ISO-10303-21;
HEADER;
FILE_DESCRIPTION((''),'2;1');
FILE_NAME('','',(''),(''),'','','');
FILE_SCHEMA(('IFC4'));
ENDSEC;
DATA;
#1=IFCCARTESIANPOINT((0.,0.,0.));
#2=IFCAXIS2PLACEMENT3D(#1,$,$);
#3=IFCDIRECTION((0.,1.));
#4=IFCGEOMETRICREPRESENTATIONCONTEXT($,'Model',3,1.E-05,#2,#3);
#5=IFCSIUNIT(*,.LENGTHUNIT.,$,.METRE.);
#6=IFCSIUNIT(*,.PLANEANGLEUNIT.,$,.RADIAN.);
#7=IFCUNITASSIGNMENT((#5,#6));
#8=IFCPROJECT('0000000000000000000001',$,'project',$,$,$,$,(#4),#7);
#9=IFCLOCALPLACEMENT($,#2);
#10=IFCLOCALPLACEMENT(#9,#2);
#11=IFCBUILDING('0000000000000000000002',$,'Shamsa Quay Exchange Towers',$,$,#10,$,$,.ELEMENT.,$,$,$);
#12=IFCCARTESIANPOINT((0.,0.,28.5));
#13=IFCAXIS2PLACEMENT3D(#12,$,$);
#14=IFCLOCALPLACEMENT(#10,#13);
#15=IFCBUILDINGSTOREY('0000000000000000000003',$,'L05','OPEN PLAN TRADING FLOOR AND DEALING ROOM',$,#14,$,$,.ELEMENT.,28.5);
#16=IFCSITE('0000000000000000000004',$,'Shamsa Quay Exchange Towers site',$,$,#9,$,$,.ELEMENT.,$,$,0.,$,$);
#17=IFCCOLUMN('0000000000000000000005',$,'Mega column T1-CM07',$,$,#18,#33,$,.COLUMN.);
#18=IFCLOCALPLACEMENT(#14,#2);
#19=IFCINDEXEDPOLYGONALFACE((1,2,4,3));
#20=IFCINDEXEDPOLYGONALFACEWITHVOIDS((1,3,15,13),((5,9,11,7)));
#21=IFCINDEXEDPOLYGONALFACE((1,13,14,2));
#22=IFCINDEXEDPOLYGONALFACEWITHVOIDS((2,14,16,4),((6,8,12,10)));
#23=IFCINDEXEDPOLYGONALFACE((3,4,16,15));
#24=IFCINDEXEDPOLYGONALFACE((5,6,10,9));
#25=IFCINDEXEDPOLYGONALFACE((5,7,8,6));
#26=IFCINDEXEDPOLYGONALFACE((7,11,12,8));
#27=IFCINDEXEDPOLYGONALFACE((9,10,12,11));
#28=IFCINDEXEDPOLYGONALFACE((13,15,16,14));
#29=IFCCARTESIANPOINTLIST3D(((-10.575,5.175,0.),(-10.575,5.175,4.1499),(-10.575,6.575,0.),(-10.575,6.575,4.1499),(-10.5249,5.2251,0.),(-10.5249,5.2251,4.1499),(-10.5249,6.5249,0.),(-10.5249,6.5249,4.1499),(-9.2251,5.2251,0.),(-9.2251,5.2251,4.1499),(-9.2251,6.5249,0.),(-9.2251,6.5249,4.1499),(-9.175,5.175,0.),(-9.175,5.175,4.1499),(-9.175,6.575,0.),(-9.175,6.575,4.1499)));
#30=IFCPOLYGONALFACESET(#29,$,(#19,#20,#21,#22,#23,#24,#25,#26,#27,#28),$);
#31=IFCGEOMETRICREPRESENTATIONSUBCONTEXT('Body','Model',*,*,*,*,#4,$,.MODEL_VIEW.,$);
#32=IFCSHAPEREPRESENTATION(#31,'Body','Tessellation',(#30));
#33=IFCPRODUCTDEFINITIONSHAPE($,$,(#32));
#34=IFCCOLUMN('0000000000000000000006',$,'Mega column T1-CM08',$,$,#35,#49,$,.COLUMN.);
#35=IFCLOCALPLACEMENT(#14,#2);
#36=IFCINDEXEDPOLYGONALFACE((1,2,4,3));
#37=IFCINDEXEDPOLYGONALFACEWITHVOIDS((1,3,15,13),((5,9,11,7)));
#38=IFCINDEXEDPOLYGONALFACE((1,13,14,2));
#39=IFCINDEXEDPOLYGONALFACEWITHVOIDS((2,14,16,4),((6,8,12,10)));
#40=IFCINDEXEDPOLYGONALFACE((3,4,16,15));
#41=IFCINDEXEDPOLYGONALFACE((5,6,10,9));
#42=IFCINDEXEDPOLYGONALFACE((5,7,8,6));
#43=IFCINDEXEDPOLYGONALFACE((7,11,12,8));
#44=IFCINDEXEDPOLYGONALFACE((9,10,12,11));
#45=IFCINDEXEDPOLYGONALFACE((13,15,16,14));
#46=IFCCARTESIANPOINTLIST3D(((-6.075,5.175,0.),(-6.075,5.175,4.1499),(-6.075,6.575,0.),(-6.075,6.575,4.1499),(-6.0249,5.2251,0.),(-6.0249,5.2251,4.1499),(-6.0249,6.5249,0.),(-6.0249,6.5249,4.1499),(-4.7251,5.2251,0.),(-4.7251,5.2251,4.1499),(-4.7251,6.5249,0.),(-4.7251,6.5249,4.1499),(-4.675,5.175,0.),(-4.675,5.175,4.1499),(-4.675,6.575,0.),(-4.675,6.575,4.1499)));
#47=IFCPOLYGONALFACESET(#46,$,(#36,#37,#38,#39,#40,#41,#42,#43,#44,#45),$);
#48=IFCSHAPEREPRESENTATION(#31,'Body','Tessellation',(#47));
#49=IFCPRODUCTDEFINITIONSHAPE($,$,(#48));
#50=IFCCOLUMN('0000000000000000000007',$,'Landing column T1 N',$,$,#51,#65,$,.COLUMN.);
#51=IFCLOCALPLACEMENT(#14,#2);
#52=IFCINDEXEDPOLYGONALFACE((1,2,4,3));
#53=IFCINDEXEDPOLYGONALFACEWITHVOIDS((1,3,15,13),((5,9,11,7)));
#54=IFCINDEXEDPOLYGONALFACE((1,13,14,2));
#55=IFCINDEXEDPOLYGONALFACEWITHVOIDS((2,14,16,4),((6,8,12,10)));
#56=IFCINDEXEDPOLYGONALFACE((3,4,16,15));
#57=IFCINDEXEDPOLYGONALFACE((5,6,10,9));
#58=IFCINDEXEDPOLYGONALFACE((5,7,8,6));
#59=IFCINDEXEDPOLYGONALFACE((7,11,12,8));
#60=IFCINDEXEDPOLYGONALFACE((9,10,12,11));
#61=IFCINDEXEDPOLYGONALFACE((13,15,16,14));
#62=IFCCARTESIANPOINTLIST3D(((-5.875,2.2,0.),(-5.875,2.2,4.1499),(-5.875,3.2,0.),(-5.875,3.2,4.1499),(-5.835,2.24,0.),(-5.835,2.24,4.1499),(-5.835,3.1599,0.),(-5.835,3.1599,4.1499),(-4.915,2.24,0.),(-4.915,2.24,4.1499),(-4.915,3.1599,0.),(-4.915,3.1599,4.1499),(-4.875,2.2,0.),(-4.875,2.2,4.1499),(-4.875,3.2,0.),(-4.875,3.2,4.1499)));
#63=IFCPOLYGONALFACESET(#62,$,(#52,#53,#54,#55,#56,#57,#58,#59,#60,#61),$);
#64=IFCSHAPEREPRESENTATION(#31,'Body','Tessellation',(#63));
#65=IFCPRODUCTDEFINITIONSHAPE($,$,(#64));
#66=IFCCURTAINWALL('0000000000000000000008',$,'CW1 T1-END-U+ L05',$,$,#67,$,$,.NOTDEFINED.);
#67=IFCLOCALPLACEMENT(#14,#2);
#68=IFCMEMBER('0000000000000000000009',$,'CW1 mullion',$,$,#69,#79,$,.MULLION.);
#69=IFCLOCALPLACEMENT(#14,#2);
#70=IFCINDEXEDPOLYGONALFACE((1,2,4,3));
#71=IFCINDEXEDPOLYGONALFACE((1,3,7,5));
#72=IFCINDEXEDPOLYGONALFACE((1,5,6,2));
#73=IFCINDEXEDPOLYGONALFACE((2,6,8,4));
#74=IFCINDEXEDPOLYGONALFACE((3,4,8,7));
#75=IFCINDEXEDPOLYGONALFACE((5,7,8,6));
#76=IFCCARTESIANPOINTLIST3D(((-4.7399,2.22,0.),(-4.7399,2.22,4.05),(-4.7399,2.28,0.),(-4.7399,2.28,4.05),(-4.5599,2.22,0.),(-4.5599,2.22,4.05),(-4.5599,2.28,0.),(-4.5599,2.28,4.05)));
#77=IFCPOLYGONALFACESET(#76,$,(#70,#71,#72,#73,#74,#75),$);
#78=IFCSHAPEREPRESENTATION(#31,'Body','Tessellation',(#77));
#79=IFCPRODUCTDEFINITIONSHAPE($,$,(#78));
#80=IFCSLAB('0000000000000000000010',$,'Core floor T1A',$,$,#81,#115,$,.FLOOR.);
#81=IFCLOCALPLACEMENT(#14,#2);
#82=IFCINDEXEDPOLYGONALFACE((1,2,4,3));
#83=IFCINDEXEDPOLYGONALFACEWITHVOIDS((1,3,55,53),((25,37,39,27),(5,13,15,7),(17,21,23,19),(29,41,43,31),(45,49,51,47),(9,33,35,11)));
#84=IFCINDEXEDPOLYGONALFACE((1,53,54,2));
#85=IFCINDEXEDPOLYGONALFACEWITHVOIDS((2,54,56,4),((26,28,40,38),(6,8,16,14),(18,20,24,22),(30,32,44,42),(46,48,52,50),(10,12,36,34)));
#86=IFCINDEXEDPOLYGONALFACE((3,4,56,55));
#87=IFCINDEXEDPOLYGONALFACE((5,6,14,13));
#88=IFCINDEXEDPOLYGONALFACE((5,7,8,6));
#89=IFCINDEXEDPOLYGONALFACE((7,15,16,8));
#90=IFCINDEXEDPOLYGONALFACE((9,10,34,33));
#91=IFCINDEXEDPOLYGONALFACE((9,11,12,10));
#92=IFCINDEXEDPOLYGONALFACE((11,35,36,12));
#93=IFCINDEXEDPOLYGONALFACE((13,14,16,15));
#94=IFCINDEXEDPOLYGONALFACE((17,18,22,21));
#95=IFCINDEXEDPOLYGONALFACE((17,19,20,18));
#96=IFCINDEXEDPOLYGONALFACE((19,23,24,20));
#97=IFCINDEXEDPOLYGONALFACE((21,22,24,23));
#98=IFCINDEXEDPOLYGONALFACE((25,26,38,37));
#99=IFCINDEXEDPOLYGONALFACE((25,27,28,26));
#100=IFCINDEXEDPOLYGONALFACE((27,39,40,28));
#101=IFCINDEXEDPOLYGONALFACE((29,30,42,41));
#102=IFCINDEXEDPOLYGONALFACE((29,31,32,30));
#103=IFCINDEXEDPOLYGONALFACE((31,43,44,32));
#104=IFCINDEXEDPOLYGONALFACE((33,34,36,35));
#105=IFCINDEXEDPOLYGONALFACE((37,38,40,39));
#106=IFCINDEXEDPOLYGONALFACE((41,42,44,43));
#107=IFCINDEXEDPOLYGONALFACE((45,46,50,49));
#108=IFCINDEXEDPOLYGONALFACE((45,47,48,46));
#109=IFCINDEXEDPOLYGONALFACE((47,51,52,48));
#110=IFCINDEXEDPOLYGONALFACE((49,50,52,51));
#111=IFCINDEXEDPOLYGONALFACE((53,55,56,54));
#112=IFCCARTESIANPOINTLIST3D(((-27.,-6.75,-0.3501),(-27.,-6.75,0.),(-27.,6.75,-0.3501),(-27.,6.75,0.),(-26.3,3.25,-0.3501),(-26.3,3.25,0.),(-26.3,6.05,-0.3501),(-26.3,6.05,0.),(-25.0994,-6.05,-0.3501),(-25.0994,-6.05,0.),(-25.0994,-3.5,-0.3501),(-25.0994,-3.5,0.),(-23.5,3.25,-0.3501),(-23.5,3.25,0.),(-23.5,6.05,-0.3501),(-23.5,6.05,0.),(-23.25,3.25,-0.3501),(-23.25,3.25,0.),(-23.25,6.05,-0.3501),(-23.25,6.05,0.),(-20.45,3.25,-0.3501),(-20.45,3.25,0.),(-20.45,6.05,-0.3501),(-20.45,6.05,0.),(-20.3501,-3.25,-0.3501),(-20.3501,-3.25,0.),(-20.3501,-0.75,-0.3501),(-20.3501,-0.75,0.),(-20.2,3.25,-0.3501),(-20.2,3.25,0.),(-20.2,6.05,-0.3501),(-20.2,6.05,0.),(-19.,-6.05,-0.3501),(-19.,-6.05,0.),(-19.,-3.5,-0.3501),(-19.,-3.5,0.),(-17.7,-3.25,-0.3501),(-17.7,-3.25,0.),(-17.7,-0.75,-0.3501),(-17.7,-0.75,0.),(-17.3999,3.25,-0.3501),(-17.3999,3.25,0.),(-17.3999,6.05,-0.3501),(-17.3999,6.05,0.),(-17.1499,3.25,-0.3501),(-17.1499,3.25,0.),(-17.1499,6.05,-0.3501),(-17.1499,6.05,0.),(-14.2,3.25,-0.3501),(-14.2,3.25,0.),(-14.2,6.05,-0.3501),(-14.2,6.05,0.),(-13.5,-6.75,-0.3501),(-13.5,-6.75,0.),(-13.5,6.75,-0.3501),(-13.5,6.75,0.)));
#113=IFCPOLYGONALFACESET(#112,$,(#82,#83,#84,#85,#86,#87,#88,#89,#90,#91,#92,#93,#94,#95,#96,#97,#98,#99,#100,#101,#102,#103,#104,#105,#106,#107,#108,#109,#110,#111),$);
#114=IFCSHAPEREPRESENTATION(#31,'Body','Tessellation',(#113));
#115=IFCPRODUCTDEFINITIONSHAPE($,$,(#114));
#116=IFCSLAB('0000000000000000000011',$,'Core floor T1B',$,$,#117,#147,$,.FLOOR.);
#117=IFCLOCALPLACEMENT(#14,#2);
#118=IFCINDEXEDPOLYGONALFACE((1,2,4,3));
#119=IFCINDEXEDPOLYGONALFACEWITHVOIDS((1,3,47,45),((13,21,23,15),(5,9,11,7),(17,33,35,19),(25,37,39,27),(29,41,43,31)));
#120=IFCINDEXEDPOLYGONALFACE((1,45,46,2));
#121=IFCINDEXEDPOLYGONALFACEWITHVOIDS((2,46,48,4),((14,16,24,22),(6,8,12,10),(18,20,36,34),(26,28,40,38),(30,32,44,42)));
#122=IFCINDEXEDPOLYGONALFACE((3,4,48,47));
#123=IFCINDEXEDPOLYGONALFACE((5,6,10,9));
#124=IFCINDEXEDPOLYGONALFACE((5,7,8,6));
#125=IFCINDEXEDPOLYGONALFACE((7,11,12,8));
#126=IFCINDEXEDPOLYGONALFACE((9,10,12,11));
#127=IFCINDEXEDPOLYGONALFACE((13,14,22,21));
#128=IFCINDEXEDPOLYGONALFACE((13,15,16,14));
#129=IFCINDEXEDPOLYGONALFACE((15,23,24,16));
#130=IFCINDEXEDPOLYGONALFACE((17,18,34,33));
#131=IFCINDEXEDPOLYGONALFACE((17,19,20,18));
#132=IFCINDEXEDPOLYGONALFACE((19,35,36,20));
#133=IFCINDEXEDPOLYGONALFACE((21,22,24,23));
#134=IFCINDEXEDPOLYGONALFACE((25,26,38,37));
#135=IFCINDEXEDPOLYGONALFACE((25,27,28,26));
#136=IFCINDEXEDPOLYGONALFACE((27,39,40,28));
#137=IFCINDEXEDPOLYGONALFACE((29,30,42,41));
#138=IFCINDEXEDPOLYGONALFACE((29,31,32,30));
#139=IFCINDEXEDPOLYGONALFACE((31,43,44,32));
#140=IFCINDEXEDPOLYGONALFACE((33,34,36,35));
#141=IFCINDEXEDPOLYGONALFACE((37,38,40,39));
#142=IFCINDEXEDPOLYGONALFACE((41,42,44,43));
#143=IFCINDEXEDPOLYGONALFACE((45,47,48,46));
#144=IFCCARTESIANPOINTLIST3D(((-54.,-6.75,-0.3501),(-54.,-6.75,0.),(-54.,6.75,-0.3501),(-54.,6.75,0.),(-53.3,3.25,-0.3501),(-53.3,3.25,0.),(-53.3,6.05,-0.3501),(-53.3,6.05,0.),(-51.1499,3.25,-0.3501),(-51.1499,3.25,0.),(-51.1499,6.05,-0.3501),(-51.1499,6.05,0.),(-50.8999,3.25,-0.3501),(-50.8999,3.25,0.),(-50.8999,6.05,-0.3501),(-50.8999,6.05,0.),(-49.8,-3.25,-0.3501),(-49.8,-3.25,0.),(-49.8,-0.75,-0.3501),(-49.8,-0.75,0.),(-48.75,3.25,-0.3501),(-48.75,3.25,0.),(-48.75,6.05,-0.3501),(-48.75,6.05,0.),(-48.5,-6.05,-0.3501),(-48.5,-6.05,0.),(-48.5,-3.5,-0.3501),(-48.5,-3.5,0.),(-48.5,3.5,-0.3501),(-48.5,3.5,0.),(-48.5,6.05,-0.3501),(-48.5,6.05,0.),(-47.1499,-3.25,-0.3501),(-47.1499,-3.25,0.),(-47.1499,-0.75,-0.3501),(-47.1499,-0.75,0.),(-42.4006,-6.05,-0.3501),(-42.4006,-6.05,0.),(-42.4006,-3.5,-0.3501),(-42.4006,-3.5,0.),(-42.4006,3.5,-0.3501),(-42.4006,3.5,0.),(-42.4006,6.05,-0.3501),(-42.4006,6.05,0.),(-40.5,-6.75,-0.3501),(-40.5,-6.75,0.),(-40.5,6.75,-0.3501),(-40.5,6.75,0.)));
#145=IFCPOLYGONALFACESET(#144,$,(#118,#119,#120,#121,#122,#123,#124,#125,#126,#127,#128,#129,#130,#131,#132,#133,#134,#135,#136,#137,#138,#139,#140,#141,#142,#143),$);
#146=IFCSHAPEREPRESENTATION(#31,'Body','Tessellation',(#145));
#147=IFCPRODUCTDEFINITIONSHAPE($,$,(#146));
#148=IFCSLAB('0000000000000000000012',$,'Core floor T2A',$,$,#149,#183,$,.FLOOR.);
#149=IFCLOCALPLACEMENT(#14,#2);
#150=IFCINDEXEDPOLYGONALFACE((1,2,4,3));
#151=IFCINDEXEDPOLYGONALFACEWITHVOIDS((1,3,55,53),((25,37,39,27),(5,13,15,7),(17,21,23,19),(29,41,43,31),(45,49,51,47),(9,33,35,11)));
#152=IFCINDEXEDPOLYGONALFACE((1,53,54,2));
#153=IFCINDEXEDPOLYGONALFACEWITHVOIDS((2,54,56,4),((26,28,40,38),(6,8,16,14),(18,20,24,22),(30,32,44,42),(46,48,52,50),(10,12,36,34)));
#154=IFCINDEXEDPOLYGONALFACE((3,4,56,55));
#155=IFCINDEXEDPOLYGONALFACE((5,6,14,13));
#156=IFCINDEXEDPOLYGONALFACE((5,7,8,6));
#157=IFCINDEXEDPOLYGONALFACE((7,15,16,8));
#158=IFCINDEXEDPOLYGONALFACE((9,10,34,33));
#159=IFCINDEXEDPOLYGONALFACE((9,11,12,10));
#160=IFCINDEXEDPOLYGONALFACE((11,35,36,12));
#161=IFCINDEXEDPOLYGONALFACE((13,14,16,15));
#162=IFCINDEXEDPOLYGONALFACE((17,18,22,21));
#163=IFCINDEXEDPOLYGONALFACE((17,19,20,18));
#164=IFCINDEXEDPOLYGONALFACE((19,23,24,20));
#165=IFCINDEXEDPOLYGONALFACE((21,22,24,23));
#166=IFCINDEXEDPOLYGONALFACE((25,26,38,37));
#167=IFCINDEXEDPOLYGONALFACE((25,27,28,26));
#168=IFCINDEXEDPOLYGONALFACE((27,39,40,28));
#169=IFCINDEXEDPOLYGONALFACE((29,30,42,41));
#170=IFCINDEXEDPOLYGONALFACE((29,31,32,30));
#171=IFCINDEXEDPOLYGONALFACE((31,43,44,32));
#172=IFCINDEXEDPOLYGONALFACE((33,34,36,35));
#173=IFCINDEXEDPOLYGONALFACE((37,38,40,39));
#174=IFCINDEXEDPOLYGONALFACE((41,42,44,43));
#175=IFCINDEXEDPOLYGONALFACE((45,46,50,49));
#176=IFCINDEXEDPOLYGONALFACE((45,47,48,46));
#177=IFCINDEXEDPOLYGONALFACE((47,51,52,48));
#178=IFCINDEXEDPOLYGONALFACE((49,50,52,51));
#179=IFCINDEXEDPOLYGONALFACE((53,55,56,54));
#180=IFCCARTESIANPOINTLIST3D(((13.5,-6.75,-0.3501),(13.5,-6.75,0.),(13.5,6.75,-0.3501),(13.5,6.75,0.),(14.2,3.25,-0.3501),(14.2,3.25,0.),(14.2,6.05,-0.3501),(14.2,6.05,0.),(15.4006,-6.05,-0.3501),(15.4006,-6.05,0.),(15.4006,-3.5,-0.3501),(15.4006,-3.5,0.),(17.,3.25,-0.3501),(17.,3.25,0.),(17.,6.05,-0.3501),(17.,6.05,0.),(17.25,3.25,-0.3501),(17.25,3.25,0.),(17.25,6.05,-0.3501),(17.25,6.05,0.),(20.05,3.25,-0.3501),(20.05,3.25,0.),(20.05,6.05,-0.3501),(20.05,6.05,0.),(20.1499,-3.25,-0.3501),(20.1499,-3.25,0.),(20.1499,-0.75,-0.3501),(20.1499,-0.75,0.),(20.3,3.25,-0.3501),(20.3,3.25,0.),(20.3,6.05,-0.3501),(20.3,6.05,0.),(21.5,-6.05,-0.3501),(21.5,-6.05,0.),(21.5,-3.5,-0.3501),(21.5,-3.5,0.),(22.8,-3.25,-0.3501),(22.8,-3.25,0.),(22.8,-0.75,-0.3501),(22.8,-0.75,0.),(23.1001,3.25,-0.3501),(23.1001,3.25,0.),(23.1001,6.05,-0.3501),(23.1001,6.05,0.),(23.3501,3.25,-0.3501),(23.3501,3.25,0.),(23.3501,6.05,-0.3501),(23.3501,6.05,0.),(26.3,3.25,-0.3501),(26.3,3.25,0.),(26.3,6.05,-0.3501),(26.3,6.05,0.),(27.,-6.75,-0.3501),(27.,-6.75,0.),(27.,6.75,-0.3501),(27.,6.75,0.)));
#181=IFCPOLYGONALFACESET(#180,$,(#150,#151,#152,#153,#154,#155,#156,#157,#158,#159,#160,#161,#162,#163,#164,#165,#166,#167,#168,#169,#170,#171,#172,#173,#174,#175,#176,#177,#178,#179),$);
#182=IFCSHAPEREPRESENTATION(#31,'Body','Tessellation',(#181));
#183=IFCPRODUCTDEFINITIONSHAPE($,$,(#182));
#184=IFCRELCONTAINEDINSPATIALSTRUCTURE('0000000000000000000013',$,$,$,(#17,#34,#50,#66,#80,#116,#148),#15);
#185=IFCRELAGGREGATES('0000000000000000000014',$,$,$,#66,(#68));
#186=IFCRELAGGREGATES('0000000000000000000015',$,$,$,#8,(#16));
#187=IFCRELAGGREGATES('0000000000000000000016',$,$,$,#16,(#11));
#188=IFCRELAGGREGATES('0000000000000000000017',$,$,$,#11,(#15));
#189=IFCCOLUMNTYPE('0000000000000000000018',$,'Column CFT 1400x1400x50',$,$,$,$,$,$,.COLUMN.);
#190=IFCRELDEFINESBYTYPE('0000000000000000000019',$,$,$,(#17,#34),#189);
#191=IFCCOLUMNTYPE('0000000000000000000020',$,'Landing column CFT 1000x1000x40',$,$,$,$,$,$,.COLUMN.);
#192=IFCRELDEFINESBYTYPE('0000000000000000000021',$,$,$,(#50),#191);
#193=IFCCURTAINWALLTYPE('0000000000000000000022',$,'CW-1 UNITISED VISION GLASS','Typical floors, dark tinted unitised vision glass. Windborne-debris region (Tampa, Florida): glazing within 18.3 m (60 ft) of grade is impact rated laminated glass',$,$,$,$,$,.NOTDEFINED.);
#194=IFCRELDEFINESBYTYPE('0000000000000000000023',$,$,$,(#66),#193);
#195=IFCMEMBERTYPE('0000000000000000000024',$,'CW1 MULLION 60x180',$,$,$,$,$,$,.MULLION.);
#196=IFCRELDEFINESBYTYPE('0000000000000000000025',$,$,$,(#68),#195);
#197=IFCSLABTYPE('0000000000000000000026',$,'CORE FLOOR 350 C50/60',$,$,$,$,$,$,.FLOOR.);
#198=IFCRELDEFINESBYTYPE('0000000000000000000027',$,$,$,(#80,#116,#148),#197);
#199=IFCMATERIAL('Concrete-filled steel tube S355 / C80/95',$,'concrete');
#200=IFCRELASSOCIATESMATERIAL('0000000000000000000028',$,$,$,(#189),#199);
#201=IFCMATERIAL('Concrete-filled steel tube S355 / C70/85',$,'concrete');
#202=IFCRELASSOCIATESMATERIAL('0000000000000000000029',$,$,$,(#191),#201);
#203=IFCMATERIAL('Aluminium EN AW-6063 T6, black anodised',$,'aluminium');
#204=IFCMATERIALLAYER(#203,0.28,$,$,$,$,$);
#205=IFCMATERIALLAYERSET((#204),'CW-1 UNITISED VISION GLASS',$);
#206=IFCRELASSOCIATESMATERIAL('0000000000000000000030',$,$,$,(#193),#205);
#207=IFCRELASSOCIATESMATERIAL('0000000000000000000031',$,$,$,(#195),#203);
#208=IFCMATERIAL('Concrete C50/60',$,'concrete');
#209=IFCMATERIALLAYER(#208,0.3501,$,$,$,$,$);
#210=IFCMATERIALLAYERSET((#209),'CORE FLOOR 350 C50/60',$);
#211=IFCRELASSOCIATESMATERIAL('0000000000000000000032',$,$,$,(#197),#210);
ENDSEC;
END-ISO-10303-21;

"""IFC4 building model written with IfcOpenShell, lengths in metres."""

from ifc_helpers import new_model, si_unit, direction, frame, origin, origin_2d, place, context, subcontext, project, spatial, polyline, rectangle, hollow_rectangle, outline, extrude, material, layer, layer_set, material_profile, profile_set, type_object, element, aggregate, save


model = new_model("IFC4")

# Units and contexts
model_context = context("Model", 3, precision=1e-05, world=origin(), true_north=direction((0.0, 1.0)))
body_context = subcontext(model_context, "Body", "Model", "MODEL_VIEW")
ifc_project = project(units=[si_unit("LENGTHUNIT", "METRE"), si_unit("PLANEANGLEUNIT", "RADIAN")], contexts=[model_context])

# Site, building, storey
site_placement = place(None, origin())
site = spatial("IfcSite", under=ifc_project, at=site_placement, Name="Shamsa Quay Exchange Towers site", CompositionType="ELEMENT", RefElevation=0.0)
building_placement = place(site_placement, origin())
building = spatial("IfcBuilding", under=site, at=building_placement, Name="Shamsa Quay Exchange Towers", CompositionType="ELEMENT")
storey_placement = place(building_placement, frame((0.0, 0.0, 28.5)))
storey = spatial("IfcBuildingStorey", under=building, at=storey_placement, Name="L05", Description="OPEN PLAN TRADING FLOOR AND DEALING ROOM", CompositionType="ELEMENT", Elevation=28.5)

# Columns
ifc_material_1 = material(Name="Concrete-filled steel tube S355 / C80/95", Category="concrete")
ifc_material_profile_1 = material_profile(ifc_material_1, hollow_rectangle(XDim=1.3999, YDim=1.3999, WallThickness=0.05, at=origin_2d()), Name="CFT 1400x1400x50")
ifc_profile_set_1 = profile_set([ifc_material_profile_1], Name="Concrete-filled steel tube S355 / C80/95")
column_type_1 = type_object("IfcColumnType", Name="Column CFT 1400x1400x50", PredefinedType="COLUMN", material=ifc_profile_set_1)
for number, where, name in (
    (1, (-9.875, 5.875, 0.0), "Mega column T1-CM07"),
    (2, (-5.375, 5.875, 0.0), "Mega column T1-CM08"),
):
    element("IfcColumn", number, at=place(storey_placement, frame(where)), inside=storey, type_object=column_type_1, Name=name, PredefinedType="COLUMN", context=body_context, shape_type="SweptSolid", body=[
        extrude(hollow_rectangle(XDim=1.3999, YDim=1.3999, WallThickness=0.05, at=origin_2d()), origin(), (0.0, 0.0, 1.0), 4.1499),
    ])
ifc_material_2 = material(Name="Concrete-filled steel tube S355 / C70/85", Category="concrete")
ifc_material_profile_2 = material_profile(ifc_material_2, hollow_rectangle(XDim=1.0, YDim=1.0, WallThickness=0.04, at=origin_2d()), Name="CFT 1000x1000x40")
ifc_profile_set_2 = profile_set([ifc_material_profile_2], Name="Concrete-filled steel tube S355 / C70/85")
column_type_2 = type_object("IfcColumnType", Name="Landing column CFT 1000x1000x40", PredefinedType="COLUMN", material=ifc_profile_set_2)
column_placement = place(storey_placement, frame((-5.375, 2.7, 0.0)))
element("IfcColumn", 3, at=column_placement, inside=storey, type_object=column_type_2, Name="Landing column T1 N", PredefinedType="COLUMN", context=body_context, shape_type="SweptSolid", body=[
    extrude(hollow_rectangle(XDim=1.0, YDim=1.0, WallThickness=0.04, at=origin_2d()), origin(), (0.0, 0.0, 1.0), 4.1499),
])

# Curtain wall, member
ifc_material_3 = material(Name="Aluminium EN AW-6063 T6, black anodised", Category="aluminium")
ifc_layer_1 = layer(ifc_material_3, 0.28)
ifc_layer_set_1 = layer_set([ifc_layer_1], Name="CW-1 UNITISED VISION GLASS")
curtain_wall_type_1 = type_object("IfcCurtainWallType", Name="CW-1 UNITISED VISION GLASS", Description="Typical floors, dark tinted unitised vision glass. Windborne-debris region (Tampa, Florida): glazing within 18.3 m (60 ft) of grade is impact rated laminated glass", PredefinedType="NOTDEFINED", material=ifc_layer_set_1)
curtain_wall_1_placement = place(storey_placement, origin())
curtain_wall_1 = element("IfcCurtainWall", 4, at=curtain_wall_1_placement, inside=storey, type_object=curtain_wall_type_1, Name="CW1 T1-END-U+ L05", PredefinedType="NOTDEFINED")
ifc_material_profile_3 = material_profile(ifc_material_3, rectangle(XDim=0.1799, YDim=0.0601, at=origin_2d()), Name="MU60x180")
ifc_profile_set_3 = profile_set([ifc_material_profile_3], Name="Aluminium EN AW-6063 T6, black anodised")
member_type = type_object("IfcMemberType", Name="CW1 MULLION 60x180", PredefinedType="MULLION", material=ifc_profile_set_3)
member_placement = place(storey_placement, frame((-4.6499, 2.25, 0.0), z_axis=(0.0, 0.0, 1.0), x_axis=(-1.0, 0.0, 0.0)))
member = element("IfcMember", 5, at=member_placement, type_object=member_type, Name="CW1 mullion", PredefinedType="MULLION", context=body_context, shape_type="SweptSolid", body=[
    extrude(rectangle(XDim=0.1799, YDim=0.0601, at=origin_2d()), origin(), (0.0, 0.0, 1.0), 4.05),
])

# Slabs
ifc_material_4 = material(Name="Concrete C50/60", Category="concrete")
ifc_layer_2 = layer(ifc_material_4, 0.3501)
ifc_layer_set_2 = layer_set([ifc_layer_2], Name="CORE FLOOR 350 C50/60")
slab_type_1 = type_object("IfcSlabType", Name="CORE FLOOR 350 C50/60", PredefinedType="FLOOR", material=ifc_layer_set_2)
slab_1_placement = place(storey_placement, frame((0.0, 0.0, -0.3501)))
element("IfcSlab", 6, at=slab_1_placement, inside=storey, type_object=slab_type_1, Name="Core floor T1A", PredefinedType="FLOOR", context=body_context, shape_type="SweptSolid", body=[
    extrude(outline(polyline([(-27.0, -6.75), (-13.5, -6.75), (-13.5, 6.75), (-27.0, 6.75), (-27.0, -6.75)]), holes=[polyline([(-25.0994, -6.05), (-25.0994, -3.5), (-19.0, -3.5), (-19.0, -6.05), (-25.0994, -6.05)]), polyline([(-26.3, 3.25), (-26.3, 6.05), (-23.5, 6.05), (-23.5, 3.25), (-26.3, 3.25)]), polyline([(-23.25, 3.25), (-23.25, 6.05), (-20.45, 6.05), (-20.45, 3.25), (-23.25, 3.25)]), polyline([(-20.2, 3.25), (-20.2, 6.05), (-17.3999, 6.05), (-17.3999, 3.25), (-20.2, 3.25)]), polyline([(-17.1499, 3.25), (-17.1499, 6.05), (-14.2, 6.05), (-14.2, 3.25), (-17.1499, 3.25)]), polyline([(-20.3501, -3.25), (-20.3501, -0.75), (-17.7, -0.75), (-17.7, -3.25), (-20.3501, -3.25)])]), origin(), (0.0, 0.0, 1.0), 0.3501),
])
slab_2_placement = place(storey_placement, frame((0.0, 0.0, -0.3501)))
element("IfcSlab", 7, at=slab_2_placement, inside=storey, type_object=slab_type_1, Name="Core floor T1B", PredefinedType="FLOOR", context=body_context, shape_type="SweptSolid", body=[
    extrude(outline(polyline([(-40.5, -6.75), (-40.5, 6.75), (-54.0, 6.75), (-54.0, -6.75), (-40.5, -6.75)]), holes=[polyline([(-42.4006, -3.5), (-42.4006, -6.05), (-48.5, -6.05), (-48.5, -3.5), (-42.4006, -3.5)]), polyline([(-42.4006, 6.05), (-42.4006, 3.5), (-48.5, 3.5), (-48.5, 6.05), (-42.4006, 6.05)]), polyline([(-48.75, 3.25), (-50.8999, 3.25), (-50.8999, 6.05), (-48.75, 6.05), (-48.75, 3.25)]), polyline([(-51.1499, 3.25), (-53.3, 3.25), (-53.3, 6.05), (-51.1499, 6.05), (-51.1499, 3.25)]), polyline([(-47.1499, -3.25), (-49.8, -3.25), (-49.8, -0.75), (-47.1499, -0.75), (-47.1499, -3.25)])]), origin(), (0.0, 0.0, 1.0), 0.3501),
])
slab_3_placement = place(storey_placement, frame((0.0, 0.0, -0.3501)))
element("IfcSlab", 8, at=slab_3_placement, inside=storey, type_object=slab_type_1, Name="Core floor T2A", PredefinedType="FLOOR", context=body_context, shape_type="SweptSolid", body=[
    extrude(outline(polyline([(13.5, -6.75), (27.0, -6.75), (27.0, 6.75), (13.5, 6.75), (13.5, -6.75)]), holes=[polyline([(15.4006, -6.05), (15.4006, -3.5), (21.5, -3.5), (21.5, -6.05), (15.4006, -6.05)]), polyline([(14.2, 3.25), (14.2, 6.05), (17.0, 6.05), (17.0, 3.25), (14.2, 3.25)]), polyline([(17.25, 3.25), (17.25, 6.05), (20.05, 6.05), (20.05, 3.25), (17.25, 3.25)]), polyline([(20.3, 3.25), (20.3, 6.05), (23.1001, 6.05), (23.1001, 3.25), (20.3, 3.25)]), polyline([(23.3501, 3.25), (23.3501, 6.05), (26.3, 6.05), (26.3, 3.25), (23.3501, 3.25)]), polyline([(20.1499, -3.25), (20.1499, -0.75), (22.8, -0.75), (22.8, -3.25), (20.1499, -3.25)])]), origin(), (0.0, 0.0, 1.0), 0.3501),
])

aggregate(curtain_wall_1, [member])

save(model, "model.ifc")
